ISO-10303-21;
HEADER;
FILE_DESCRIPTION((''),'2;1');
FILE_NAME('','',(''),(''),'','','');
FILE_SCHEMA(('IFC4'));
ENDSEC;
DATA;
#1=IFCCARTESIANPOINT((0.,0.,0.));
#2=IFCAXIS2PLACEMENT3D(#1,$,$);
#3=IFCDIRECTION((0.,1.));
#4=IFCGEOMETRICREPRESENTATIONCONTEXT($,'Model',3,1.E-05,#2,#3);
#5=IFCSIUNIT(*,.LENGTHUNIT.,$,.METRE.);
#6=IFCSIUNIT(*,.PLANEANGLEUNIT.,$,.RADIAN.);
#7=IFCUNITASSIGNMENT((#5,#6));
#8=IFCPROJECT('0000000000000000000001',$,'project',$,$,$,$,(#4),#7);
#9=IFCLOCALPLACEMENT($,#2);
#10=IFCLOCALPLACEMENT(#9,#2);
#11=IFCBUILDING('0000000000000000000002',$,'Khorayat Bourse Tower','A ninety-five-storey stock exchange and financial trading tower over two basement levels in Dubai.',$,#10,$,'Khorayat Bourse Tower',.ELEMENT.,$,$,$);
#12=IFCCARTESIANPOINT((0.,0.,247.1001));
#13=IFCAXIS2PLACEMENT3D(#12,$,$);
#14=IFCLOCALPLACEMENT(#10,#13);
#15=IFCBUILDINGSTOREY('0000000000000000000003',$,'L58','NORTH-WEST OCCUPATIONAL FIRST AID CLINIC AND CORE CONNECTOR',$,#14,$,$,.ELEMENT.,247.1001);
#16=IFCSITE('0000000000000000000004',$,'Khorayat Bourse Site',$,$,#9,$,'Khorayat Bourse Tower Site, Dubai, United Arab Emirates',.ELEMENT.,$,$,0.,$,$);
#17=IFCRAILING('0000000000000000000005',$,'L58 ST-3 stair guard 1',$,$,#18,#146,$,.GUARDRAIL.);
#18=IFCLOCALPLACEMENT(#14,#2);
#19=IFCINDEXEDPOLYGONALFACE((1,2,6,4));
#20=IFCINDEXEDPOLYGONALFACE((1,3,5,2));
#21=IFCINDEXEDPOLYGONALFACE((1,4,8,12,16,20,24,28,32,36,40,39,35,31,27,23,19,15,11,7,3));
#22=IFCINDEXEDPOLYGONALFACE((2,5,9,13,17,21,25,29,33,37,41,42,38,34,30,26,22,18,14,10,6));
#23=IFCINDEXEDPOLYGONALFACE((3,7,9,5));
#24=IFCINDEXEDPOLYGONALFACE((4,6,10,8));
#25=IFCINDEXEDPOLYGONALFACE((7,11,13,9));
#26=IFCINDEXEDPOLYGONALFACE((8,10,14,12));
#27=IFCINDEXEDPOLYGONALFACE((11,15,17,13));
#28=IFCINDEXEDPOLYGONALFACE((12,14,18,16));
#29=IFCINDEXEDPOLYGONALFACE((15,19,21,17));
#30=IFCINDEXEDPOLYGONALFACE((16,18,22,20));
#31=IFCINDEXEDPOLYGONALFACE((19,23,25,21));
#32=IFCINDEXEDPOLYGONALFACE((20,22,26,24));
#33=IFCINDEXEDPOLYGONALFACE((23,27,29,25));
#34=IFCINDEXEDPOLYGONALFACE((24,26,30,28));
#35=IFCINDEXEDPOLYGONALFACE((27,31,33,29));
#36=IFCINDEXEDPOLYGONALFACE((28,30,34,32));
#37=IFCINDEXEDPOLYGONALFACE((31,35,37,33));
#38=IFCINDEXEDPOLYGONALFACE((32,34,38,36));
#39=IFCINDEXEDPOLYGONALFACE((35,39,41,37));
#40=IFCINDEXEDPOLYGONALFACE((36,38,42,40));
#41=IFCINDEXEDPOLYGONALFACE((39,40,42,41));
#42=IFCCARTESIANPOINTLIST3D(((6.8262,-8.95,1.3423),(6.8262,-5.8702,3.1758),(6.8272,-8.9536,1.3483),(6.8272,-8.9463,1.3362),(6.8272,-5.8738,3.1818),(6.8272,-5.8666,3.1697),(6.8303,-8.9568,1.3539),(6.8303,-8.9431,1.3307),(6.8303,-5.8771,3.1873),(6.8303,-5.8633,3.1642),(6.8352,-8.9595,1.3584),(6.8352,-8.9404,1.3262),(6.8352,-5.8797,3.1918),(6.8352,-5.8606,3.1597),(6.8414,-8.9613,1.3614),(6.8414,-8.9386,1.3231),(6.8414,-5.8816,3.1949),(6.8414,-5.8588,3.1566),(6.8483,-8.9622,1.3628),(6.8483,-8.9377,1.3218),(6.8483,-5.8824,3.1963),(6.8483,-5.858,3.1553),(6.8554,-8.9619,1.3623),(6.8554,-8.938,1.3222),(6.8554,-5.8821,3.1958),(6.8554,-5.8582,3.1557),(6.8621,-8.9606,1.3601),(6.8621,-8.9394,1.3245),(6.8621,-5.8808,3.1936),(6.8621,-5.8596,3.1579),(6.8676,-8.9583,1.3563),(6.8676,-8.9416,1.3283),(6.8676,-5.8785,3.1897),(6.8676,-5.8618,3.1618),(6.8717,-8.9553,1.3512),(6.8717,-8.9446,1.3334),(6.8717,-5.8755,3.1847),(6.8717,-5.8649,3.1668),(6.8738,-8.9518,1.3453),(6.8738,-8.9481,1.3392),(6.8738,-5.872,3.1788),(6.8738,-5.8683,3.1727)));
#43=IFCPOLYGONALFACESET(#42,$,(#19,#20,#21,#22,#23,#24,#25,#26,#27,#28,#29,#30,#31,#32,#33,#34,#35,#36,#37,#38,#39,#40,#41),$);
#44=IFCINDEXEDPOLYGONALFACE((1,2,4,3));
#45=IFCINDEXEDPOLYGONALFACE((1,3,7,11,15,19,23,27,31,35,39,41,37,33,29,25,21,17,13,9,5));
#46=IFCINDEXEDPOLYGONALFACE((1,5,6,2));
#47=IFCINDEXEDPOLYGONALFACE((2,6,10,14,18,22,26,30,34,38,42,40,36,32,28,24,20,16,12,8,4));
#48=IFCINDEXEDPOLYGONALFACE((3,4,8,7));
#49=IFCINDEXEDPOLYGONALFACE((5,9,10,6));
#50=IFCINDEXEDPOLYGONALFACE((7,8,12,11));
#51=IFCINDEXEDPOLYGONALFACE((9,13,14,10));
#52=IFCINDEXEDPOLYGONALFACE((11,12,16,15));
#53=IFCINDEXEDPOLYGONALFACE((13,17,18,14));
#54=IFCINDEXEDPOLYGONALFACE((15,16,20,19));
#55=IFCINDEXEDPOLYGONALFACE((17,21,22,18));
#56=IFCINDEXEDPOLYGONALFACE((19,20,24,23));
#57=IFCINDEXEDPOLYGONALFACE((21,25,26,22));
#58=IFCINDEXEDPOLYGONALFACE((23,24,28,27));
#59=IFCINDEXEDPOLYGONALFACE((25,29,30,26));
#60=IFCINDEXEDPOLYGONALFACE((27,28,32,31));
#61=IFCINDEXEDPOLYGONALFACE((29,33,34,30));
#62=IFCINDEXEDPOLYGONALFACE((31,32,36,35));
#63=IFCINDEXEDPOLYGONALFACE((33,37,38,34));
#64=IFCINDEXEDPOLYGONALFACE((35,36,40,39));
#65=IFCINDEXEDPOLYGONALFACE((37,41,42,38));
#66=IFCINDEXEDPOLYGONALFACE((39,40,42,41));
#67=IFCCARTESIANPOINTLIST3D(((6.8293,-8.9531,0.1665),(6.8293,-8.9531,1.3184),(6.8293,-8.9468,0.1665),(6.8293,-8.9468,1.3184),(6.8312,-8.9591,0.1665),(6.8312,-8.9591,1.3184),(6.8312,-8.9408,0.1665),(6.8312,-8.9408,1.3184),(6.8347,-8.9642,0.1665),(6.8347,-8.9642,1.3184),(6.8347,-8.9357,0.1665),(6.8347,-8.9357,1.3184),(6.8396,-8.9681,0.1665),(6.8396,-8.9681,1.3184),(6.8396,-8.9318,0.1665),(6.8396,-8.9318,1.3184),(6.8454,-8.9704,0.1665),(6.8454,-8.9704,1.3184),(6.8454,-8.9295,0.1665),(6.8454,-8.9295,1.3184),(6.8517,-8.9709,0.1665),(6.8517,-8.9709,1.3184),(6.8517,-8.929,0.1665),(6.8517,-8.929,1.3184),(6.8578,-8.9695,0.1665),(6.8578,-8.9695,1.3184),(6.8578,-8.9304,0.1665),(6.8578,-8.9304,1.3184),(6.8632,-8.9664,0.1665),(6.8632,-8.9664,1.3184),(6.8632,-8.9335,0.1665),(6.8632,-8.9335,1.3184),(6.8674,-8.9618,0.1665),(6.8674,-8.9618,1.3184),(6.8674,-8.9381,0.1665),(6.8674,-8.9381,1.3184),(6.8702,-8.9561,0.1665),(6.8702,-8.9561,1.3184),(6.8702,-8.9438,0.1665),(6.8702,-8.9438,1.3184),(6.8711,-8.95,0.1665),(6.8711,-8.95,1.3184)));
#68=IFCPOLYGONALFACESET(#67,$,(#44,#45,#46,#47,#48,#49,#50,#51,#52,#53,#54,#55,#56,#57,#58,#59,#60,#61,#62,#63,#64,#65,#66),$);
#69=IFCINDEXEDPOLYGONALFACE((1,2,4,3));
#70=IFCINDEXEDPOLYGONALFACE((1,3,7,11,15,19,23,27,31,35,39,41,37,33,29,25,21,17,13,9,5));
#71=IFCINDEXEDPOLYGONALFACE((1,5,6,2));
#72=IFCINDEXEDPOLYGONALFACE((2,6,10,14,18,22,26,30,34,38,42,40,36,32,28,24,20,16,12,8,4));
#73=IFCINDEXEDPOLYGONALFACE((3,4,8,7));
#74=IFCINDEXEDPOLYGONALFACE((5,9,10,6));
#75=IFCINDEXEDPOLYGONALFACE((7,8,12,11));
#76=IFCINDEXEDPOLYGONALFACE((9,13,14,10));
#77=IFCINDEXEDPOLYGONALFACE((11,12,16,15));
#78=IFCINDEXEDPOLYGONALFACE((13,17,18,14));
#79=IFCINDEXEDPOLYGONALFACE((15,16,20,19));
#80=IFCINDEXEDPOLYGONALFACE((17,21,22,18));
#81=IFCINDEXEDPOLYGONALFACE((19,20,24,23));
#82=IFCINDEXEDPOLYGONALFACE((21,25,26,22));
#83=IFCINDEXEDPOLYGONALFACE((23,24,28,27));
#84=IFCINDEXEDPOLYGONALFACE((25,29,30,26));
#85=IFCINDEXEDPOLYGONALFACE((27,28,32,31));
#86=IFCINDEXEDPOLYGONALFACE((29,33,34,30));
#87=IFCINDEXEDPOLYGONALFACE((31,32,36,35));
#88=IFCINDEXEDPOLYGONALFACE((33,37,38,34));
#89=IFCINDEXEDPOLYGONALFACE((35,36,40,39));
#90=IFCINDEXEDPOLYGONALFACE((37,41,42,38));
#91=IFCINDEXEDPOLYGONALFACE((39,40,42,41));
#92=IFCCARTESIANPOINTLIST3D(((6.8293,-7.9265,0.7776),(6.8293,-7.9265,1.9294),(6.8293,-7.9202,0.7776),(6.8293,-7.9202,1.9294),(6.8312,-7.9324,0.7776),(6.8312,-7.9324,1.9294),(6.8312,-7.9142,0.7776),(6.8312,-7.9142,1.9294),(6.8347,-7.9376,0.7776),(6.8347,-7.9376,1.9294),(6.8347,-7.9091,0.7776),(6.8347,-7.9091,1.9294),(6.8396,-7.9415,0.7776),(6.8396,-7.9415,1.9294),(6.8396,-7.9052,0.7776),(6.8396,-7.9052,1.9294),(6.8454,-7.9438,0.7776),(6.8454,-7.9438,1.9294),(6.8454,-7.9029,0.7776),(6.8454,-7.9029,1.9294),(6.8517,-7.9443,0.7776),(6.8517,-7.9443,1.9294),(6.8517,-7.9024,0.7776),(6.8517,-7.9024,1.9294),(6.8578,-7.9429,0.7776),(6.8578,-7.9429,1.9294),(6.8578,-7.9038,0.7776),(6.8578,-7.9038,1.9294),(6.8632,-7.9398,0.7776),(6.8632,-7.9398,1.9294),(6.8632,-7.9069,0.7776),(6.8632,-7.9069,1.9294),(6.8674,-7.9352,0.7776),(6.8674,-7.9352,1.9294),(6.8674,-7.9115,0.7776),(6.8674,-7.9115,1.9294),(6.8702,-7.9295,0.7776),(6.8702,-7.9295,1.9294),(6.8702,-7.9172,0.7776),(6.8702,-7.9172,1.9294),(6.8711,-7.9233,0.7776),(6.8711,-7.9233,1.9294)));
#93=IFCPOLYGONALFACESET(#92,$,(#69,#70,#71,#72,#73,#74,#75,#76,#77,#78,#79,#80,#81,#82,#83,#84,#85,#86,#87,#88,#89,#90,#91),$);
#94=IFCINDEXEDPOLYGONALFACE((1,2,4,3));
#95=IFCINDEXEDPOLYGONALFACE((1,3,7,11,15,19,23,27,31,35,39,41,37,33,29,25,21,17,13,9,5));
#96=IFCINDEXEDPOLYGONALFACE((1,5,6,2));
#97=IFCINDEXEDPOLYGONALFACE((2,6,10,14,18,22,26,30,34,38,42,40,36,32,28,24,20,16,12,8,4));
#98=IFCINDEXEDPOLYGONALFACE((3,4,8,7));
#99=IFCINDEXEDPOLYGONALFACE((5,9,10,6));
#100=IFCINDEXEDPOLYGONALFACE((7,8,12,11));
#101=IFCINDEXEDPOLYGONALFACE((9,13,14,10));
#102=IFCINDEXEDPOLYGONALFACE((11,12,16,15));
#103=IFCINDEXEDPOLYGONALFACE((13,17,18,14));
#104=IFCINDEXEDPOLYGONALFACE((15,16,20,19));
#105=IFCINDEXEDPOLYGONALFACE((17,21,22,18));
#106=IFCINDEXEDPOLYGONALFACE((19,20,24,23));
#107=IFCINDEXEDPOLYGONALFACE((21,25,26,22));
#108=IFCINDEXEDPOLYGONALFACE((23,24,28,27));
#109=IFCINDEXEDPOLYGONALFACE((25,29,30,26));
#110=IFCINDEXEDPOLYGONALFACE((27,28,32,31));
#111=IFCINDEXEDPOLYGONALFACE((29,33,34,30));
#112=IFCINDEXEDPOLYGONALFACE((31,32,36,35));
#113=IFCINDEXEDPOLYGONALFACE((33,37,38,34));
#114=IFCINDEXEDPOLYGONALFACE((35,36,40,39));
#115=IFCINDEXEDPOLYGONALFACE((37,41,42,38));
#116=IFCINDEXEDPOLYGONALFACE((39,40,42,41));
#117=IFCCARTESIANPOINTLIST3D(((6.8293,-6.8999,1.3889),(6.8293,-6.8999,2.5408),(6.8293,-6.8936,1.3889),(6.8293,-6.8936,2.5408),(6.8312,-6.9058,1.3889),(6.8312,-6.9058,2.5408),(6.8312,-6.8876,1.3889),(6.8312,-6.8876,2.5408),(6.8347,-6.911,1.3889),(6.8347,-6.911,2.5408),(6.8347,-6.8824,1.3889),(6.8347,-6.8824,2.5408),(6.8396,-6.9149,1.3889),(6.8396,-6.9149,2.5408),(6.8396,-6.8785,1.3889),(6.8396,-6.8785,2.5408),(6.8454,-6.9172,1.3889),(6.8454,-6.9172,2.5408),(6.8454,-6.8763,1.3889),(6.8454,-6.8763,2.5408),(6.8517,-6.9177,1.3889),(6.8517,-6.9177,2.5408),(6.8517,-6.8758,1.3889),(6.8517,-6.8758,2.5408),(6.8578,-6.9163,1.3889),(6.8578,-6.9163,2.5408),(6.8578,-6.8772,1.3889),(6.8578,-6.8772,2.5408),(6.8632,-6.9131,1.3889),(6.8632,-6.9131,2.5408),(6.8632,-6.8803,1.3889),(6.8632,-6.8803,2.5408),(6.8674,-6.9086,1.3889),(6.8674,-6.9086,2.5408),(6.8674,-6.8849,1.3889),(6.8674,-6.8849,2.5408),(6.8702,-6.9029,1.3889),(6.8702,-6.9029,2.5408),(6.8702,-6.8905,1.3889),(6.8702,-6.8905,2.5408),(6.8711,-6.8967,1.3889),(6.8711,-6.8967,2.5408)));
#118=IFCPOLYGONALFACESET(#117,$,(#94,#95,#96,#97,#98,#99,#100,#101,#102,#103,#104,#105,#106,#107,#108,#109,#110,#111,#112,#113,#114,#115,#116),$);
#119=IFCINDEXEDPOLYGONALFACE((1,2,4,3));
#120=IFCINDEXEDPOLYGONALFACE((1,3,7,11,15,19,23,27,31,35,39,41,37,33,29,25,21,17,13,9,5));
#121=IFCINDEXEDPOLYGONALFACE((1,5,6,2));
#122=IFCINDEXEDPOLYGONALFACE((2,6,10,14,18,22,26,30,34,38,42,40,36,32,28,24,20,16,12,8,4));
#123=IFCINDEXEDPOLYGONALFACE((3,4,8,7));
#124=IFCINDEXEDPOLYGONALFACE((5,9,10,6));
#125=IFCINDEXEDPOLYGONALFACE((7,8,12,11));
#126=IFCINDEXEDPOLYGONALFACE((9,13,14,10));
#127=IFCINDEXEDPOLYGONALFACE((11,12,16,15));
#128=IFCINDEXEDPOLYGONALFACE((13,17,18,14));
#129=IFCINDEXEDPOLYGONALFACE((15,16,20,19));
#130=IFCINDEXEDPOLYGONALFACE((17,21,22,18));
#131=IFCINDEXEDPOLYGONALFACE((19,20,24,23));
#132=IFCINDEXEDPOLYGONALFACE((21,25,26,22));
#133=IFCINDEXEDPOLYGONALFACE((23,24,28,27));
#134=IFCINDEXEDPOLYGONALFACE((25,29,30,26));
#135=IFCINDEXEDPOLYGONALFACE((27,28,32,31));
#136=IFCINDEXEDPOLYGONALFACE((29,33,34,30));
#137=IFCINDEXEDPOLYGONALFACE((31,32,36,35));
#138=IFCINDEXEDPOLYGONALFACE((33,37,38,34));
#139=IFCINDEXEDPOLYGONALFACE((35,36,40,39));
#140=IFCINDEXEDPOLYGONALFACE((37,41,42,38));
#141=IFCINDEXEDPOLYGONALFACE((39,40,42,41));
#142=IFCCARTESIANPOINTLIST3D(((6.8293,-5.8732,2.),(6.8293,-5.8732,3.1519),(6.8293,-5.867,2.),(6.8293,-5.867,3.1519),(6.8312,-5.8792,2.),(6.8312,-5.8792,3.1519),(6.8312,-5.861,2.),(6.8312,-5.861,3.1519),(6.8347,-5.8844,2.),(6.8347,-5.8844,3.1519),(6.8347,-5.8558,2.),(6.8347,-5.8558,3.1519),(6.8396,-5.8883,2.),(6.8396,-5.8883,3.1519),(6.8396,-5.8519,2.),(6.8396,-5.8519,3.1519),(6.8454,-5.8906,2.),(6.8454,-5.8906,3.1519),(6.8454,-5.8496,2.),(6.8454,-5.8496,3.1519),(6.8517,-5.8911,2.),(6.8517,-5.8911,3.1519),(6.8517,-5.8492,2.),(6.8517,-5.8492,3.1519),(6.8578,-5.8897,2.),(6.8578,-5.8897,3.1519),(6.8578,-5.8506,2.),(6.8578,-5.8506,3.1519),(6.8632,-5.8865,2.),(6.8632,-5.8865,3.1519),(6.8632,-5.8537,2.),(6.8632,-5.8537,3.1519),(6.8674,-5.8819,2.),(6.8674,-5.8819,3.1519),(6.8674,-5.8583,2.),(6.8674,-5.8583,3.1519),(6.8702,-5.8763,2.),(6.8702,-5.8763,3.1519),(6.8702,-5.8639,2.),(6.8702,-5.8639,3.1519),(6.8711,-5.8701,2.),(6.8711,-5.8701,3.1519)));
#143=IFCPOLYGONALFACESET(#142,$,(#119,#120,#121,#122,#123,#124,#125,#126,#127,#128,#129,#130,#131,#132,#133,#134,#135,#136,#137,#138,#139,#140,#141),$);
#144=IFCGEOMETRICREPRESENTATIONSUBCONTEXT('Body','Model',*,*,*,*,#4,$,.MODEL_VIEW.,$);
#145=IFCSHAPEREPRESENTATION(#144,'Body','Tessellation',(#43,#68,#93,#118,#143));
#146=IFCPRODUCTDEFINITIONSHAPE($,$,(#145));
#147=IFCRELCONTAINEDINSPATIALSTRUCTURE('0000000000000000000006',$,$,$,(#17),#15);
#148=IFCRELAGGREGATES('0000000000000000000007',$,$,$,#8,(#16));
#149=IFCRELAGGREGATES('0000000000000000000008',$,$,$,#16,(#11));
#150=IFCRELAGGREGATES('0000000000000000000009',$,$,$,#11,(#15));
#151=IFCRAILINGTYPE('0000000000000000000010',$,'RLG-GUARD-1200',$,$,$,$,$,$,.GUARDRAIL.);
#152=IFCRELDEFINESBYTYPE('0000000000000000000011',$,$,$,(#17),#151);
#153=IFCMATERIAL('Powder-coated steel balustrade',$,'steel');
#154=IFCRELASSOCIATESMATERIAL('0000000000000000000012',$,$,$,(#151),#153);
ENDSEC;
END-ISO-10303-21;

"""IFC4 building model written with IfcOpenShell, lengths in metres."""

from ifc_helpers import new_model, si_unit, direction, frame, origin, origin_2d, place, context, subcontext, project, spatial, circle, extrude, source, transform, mapped, material, type_object, element, save


model = new_model("IFC4")

# Units and contexts
model_context = context("Model", 3, precision=1e-05, world=origin(), true_north=direction((0.0, 1.0)))
body_context = subcontext(model_context, "Body", "Model", "MODEL_VIEW")
ifc_project = project(units=[si_unit("LENGTHUNIT", "METRE"), si_unit("PLANEANGLEUNIT", "RADIAN")], contexts=[model_context])

# Site, building, storey
site_placement = place(None, origin())
site = spatial("IfcSite", under=ifc_project, at=site_placement, Name="Khorayat Bourse Site", LongName="Khorayat Bourse Tower Site, Dubai, United Arab Emirates", CompositionType="ELEMENT", RefElevation=0.0)
building_placement = place(site_placement, origin())
building = spatial("IfcBuilding", under=site, at=building_placement, Name="Khorayat Bourse Tower", Description="A ninety-five-storey stock exchange and financial trading tower over two basement levels in Dubai.", LongName="Khorayat Bourse Tower", CompositionType="ELEMENT")
storey_placement = place(building_placement, frame((0.0, 0.0, 247.1001)))
storey = spatial("IfcBuildingStorey", under=building, at=storey_placement, Name="L58", Description="NORTH-WEST OCCUPATIONAL FIRST AID CLINIC AND CORE CONNECTOR", CompositionType="ELEMENT", Elevation=247.1001)

# Railing
ifc_material_1 = material(Name="Powder-coated steel balustrade", Category="steel")
railing_type_1 = type_object("IfcRailingType", Name="RLG-GUARD-1200", PredefinedType="GUARDRAIL", material=ifc_material_1)
shared_shape_1 = source(origin(), body_context, "Body", "SweptSolid", [
    extrude(circle(Radius=0.0239, at=origin_2d()), frame((0.0, 0.0, 1.1758), z_axis=(0.0, 0.859261, 0.511538), x_axis=(-1.0, 0.0, 0.0)), (0.0, 0.0, 1.0), 3.5842),
    extrude(circle(Radius=0.021, at=origin_2d()), origin(), (0.0, 0.0, 1.0), 1.1519),
    extrude(circle(Radius=0.021, at=origin_2d()), frame((0.0, 1.0266, 0.6111)), (0.0, 0.0, 1.0), 1.1519),
    extrude(circle(Radius=0.021, at=origin_2d()), frame((0.0, 2.0532, 1.2224)), (0.0, 0.0, 1.0), 1.1519),
    extrude(circle(Radius=0.021, at=origin_2d()), frame((0.0, 3.0798, 1.8335)), (0.0, 0.0, 1.0), 1.1519),
])
railing_1_placement = place(storey_placement, frame((6.8501, -8.95, 0.1665)))
element("IfcRailing", 1, at=railing_1_placement, inside=storey, type_object=railing_type_1, Name="L58 ST-3 stair guard 1", PredefinedType="GUARDRAIL", context=body_context, shape_type="MappedRepresentation", body=[
    mapped(shared_shape_1, transform((0.0, 0.0, 0.0), scale=1.0)),
])

save(model, "model.ifc")
